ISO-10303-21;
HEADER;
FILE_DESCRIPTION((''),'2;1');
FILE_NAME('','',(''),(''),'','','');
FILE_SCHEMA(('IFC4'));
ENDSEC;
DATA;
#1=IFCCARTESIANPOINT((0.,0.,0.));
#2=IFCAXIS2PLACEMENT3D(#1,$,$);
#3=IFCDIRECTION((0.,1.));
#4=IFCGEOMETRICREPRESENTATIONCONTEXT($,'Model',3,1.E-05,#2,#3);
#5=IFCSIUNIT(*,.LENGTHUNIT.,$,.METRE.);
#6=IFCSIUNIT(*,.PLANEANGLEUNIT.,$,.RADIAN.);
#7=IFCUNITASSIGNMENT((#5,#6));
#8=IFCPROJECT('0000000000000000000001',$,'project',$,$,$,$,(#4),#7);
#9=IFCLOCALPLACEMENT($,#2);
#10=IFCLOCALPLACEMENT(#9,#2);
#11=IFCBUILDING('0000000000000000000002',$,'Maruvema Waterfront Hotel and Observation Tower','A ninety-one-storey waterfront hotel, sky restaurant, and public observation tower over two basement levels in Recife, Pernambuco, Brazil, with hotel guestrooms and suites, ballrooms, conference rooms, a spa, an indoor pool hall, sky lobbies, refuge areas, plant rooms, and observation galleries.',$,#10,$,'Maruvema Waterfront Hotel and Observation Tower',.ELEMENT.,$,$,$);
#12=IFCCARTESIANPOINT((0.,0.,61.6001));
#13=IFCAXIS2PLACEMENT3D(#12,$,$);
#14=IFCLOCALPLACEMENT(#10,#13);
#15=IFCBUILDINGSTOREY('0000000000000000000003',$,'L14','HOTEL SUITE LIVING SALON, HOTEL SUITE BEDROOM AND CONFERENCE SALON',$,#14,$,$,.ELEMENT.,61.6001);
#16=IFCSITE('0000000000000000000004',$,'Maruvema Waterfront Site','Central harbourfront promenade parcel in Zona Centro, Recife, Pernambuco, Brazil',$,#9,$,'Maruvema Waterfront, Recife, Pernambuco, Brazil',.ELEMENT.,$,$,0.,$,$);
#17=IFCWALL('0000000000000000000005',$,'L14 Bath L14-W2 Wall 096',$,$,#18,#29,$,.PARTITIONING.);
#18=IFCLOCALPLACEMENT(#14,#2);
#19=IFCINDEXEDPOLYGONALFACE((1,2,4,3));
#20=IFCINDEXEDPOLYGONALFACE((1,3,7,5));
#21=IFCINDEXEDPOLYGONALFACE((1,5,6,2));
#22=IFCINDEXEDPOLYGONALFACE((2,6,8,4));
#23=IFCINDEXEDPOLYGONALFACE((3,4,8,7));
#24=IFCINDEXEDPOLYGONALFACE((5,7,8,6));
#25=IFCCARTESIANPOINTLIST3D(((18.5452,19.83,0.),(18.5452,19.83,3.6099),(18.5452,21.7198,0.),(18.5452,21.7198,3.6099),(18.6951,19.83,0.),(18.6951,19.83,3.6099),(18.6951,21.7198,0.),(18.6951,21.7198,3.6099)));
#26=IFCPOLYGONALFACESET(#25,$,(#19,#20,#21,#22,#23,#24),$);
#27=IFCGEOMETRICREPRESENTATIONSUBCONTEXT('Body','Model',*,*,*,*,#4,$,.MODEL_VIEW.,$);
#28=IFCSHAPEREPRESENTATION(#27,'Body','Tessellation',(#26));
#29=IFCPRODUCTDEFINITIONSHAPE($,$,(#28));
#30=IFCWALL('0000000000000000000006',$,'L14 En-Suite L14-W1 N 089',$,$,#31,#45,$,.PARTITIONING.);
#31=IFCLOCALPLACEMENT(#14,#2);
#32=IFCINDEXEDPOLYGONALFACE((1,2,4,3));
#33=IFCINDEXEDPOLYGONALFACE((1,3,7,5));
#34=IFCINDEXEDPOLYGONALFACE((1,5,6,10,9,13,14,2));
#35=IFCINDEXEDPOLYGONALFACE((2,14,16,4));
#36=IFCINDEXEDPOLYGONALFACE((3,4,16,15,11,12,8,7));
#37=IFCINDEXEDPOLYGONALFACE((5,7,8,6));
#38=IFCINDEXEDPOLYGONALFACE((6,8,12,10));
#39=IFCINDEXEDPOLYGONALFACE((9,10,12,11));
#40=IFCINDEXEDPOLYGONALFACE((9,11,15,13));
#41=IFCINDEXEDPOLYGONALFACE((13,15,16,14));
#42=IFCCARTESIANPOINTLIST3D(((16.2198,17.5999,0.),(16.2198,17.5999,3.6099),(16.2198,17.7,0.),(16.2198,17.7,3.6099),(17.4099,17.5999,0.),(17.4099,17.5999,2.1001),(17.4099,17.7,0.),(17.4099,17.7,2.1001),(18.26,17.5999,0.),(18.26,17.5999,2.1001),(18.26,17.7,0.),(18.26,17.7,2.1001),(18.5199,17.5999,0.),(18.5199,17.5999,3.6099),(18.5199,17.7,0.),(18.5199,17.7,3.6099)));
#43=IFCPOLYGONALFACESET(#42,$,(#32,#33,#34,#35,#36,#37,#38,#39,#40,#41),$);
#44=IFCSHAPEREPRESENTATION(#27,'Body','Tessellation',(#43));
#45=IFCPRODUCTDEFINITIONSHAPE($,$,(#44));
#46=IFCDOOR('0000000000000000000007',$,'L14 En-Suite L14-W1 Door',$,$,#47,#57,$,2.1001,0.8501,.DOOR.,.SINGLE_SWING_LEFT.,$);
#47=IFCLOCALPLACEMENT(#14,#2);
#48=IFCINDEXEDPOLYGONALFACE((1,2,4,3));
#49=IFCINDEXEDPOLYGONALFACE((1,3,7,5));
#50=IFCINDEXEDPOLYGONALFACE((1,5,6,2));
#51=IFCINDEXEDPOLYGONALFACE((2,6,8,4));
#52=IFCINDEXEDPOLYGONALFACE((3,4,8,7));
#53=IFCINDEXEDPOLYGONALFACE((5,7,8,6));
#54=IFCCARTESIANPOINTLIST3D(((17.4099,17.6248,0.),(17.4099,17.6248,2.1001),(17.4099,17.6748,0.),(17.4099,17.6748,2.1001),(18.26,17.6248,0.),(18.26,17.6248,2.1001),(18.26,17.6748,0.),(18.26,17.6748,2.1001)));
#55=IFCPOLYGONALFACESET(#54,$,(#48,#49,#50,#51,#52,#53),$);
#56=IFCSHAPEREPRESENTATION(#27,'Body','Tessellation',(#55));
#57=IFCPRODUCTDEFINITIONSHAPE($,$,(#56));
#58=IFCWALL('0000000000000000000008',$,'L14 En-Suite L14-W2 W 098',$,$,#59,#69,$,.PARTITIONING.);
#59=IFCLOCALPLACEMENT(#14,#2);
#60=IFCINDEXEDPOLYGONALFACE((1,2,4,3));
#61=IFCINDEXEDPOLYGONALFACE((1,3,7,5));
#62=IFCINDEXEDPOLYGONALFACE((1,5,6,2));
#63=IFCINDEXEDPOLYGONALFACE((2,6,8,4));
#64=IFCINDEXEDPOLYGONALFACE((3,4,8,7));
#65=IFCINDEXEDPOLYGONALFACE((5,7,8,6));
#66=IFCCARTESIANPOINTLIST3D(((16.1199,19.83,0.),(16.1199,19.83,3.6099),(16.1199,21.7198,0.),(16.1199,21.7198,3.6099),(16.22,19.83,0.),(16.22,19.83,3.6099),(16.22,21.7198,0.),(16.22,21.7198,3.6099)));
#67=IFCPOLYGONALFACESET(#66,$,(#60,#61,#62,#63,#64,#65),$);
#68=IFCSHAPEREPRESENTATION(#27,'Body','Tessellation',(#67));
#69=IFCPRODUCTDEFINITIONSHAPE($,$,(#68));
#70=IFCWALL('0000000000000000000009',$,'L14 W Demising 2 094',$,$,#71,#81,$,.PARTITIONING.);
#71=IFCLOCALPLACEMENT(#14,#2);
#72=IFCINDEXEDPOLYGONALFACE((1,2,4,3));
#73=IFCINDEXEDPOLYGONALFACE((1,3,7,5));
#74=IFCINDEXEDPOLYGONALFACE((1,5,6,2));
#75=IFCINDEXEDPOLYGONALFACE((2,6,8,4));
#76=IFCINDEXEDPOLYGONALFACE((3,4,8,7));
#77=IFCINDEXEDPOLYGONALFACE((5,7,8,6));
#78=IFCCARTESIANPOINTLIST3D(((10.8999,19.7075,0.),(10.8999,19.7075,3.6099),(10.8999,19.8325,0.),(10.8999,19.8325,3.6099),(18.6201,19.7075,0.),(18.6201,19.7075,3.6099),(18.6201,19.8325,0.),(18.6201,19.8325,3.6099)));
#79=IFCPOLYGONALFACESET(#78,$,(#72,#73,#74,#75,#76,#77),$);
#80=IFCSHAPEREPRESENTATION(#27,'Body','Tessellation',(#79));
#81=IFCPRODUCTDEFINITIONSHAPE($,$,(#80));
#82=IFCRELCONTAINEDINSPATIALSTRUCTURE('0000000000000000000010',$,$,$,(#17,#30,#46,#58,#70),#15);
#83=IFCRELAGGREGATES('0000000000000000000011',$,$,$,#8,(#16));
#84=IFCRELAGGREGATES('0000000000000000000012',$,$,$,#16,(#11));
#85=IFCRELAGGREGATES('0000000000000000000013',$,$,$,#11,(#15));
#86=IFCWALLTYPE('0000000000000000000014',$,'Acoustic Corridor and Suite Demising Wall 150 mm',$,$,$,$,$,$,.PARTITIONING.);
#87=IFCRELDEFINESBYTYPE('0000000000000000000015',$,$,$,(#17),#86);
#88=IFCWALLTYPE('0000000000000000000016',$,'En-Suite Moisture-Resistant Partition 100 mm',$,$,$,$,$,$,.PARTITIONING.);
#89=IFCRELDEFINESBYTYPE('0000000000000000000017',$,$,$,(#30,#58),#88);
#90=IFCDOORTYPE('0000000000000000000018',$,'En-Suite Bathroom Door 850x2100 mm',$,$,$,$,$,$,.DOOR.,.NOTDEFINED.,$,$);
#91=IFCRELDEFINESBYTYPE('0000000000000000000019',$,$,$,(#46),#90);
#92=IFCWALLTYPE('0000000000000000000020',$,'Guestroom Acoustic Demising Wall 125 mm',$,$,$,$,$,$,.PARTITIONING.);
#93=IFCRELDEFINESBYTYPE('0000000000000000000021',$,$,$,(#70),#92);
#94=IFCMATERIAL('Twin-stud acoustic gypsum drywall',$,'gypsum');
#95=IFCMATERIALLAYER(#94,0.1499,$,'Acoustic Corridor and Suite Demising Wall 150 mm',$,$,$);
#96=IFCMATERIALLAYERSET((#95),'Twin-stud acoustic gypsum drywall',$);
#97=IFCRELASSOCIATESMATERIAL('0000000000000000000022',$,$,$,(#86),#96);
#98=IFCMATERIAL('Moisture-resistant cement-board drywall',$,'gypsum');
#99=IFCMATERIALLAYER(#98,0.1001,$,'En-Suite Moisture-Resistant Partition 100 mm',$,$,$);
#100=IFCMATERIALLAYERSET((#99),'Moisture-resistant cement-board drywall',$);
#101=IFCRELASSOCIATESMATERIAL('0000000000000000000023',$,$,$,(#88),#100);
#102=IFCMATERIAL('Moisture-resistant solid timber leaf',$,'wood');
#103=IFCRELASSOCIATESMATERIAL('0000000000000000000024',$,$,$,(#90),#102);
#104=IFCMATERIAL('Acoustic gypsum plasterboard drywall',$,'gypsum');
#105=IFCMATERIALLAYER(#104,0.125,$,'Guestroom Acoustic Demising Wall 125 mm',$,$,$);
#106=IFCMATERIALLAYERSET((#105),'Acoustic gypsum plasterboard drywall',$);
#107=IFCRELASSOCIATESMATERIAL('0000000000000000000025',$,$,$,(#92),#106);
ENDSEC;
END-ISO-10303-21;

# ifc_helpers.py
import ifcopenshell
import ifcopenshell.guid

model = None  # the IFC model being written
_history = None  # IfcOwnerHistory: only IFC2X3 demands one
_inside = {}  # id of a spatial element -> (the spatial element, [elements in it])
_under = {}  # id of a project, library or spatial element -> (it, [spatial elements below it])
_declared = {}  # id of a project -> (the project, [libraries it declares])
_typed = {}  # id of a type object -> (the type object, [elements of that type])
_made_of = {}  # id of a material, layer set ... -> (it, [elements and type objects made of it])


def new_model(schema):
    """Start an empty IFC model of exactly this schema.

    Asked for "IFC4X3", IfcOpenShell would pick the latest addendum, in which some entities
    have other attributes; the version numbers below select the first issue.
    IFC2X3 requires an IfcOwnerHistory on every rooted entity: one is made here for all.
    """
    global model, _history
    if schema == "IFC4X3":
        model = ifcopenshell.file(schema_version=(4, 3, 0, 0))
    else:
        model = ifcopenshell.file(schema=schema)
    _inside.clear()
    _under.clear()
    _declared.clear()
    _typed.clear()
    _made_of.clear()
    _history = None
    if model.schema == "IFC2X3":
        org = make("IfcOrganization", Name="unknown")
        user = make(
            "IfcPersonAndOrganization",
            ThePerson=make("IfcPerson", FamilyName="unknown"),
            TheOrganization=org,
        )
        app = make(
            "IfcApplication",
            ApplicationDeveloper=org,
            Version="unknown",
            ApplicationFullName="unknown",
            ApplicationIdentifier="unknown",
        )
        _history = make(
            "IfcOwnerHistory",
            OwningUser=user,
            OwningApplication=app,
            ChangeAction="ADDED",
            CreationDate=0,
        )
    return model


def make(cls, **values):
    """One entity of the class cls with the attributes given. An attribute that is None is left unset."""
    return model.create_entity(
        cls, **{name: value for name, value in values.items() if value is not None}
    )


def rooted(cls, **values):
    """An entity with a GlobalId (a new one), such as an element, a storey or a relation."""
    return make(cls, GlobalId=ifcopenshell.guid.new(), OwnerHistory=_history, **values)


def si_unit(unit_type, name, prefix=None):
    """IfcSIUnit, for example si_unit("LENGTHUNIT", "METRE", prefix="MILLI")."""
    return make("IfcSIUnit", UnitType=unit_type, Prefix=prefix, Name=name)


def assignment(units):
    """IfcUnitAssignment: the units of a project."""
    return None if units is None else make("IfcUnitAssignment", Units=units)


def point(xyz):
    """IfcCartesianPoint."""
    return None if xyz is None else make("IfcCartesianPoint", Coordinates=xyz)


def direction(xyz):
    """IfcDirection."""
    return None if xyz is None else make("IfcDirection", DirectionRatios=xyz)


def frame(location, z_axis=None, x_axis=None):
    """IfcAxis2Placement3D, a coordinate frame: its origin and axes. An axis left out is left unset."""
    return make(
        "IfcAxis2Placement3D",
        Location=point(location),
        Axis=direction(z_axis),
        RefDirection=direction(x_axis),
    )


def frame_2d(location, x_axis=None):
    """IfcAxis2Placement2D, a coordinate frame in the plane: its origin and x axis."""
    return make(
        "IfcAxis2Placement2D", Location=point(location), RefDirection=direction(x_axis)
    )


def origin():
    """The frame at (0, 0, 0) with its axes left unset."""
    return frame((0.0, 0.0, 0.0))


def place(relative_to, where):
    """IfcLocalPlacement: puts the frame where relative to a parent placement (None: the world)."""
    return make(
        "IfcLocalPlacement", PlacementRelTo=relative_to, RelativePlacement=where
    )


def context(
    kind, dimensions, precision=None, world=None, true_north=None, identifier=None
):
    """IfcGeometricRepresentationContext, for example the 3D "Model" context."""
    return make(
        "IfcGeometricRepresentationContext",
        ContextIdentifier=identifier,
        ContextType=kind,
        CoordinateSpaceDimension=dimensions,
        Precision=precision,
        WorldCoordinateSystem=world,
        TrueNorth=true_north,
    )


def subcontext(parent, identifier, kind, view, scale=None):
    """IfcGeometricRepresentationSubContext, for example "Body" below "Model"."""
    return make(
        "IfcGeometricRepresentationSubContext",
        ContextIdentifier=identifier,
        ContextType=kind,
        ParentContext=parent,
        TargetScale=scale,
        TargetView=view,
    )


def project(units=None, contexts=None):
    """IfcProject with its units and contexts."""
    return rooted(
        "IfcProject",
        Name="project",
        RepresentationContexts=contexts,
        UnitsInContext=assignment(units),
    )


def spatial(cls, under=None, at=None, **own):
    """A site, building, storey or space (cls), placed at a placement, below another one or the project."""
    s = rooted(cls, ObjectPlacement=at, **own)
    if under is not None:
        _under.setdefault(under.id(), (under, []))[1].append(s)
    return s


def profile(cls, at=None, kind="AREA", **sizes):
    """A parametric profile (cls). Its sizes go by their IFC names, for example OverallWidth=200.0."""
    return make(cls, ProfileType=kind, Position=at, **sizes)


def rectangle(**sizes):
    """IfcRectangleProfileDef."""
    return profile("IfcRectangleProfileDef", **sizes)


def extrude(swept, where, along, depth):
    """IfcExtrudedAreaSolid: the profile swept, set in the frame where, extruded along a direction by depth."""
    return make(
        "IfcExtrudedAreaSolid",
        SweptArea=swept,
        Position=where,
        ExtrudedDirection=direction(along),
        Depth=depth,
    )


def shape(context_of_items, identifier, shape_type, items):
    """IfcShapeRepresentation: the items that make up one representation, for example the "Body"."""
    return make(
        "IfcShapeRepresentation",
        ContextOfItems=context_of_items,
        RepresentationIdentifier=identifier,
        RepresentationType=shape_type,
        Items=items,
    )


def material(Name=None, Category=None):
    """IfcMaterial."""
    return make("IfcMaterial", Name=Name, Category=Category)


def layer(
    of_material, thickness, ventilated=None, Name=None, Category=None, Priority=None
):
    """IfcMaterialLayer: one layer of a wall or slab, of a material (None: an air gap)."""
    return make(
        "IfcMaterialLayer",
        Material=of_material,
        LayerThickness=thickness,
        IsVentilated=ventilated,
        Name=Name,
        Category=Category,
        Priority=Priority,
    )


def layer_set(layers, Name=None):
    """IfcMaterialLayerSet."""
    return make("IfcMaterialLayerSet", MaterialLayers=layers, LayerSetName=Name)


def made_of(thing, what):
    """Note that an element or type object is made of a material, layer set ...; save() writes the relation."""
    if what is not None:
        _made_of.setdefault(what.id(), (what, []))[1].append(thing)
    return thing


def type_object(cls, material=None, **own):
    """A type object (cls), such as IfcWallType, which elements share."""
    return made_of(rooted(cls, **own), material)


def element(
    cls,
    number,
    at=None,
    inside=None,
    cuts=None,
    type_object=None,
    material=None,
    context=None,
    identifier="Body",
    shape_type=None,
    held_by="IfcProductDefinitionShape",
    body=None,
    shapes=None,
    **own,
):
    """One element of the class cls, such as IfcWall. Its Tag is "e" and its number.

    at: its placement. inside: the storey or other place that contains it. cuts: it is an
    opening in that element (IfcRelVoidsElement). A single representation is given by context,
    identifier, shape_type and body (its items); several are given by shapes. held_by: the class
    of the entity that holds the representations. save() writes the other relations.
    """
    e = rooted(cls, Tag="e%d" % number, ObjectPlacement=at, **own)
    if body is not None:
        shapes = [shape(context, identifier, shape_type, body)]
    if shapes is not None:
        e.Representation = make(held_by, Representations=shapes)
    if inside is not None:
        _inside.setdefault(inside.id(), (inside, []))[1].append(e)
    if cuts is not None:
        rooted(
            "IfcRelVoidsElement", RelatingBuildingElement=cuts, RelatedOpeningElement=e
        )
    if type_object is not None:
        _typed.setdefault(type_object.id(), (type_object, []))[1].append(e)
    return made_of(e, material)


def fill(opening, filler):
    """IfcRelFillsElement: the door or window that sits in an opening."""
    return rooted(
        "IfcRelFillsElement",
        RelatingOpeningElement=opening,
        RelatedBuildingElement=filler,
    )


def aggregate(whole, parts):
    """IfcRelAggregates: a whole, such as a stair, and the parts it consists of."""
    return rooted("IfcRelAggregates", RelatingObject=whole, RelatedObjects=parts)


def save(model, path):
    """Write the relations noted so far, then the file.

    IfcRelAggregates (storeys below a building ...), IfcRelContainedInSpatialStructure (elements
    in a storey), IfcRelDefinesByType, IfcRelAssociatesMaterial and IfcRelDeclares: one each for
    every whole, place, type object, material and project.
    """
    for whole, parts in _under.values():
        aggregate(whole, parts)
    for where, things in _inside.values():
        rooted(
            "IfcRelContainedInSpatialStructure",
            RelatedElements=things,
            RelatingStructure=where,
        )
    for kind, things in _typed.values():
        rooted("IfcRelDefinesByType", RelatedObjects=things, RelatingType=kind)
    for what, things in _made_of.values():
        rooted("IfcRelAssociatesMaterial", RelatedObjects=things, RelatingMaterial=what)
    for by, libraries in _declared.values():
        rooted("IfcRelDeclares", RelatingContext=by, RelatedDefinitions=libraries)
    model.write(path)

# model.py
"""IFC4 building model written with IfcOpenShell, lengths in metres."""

from ifc_helpers import new_model, si_unit, direction, frame, frame_2d, origin, place, context, subcontext, project, spatial, rectangle, extrude, material, layer, layer_set, type_object, element, fill, save


model = new_model("IFC4")

# Units and contexts
model_context = context("Model", 3, precision=1e-05, world=origin(), true_north=direction((0.0, 1.0)))
body_context = subcontext(model_context, "Body", "Model", "MODEL_VIEW")
ifc_project = project(units=[si_unit("LENGTHUNIT", "METRE"), si_unit("PLANEANGLEUNIT", "RADIAN")], contexts=[model_context])

# Site, building, storey
site_placement = place(None, origin())
site = spatial("IfcSite", under=ifc_project, at=site_placement, Name="Maruvema Waterfront Site", Description="Central harbourfront promenade parcel in Zona Centro, Recife, Pernambuco, Brazil", LongName="Maruvema Waterfront, Recife, Pernambuco, Brazil", CompositionType="ELEMENT", RefElevation=0.0)
building_placement = place(site_placement, origin())
building = spatial("IfcBuilding", under=site, at=building_placement, Name="Maruvema Waterfront Hotel and Observation Tower", Description="A ninety-one-storey waterfront hotel, sky restaurant, and public observation tower over two basement levels in Recife, Pernambuco, Brazil, with hotel guestrooms and suites, ballrooms, conference rooms, a spa, an indoor pool hall, sky lobbies, refuge areas, plant rooms, and observation galleries.", LongName="Maruvema Waterfront Hotel and Observation Tower", CompositionType="ELEMENT")
storey_placement = place(building_placement, frame((0.0, 0.0, 61.6001)))
storey = spatial("IfcBuildingStorey", under=building, at=storey_placement, Name="L14", Description="HOTEL SUITE LIVING SALON, HOTEL SUITE BEDROOM AND CONFERENCE SALON", CompositionType="ELEMENT", Elevation=61.6001)

# Shared definitions
ifc_material_1 = material(Name="Twin-stud acoustic gypsum drywall", Category="gypsum")
ifc_layer_1 = layer(ifc_material_1, 0.1499, Name="Acoustic Corridor and Suite Demising Wall 150 mm")
ifc_layer_set_1 = layer_set([ifc_layer_1], Name="Twin-stud acoustic gypsum drywall")
wall_type_1 = type_object("IfcWallType", Name="Acoustic Corridor and Suite Demising Wall 150 mm", PredefinedType="PARTITIONING", material=ifc_layer_set_1)

# Wall
wall_1_placement = place(storey_placement, frame((18.6201, 19.8301, 0.0), z_axis=(0.0, 0.0, 1.0), x_axis=(0.0, 1.0, 0.0)))
element("IfcWall", 1, at=wall_1_placement, inside=storey, type_object=wall_type_1, Name="L14 Bath L14-W2 Wall 096", PredefinedType="PARTITIONING", context=body_context, shape_type="SweptSolid", body=[
    extrude(rectangle(XDim=1.8899, YDim=0.1499, at=frame_2d((0.9448, 0.0))), origin(), (0.0, 0.0, 1.0), 3.6099),
])

# Wall, opening, door
ifc_material_2 = material(Name="Moisture-resistant cement-board drywall", Category="gypsum")
ifc_layer_2 = layer(ifc_material_2, 0.1001, Name="En-Suite Moisture-Resistant Partition 100 mm")
ifc_layer_set_2 = layer_set([ifc_layer_2], Name="Moisture-resistant cement-board drywall")
wall_type_2 = type_object("IfcWallType", Name="En-Suite Moisture-Resistant Partition 100 mm", PredefinedType="PARTITIONING", material=ifc_layer_set_2)
wall_2_placement = place(storey_placement, frame((16.22, 17.6499, 0.0), z_axis=(0.0, 0.0, 1.0), x_axis=(1.0, 0.0, 0.0)))
wall_2 = element("IfcWall", 2, at=wall_2_placement, inside=storey, type_object=wall_type_2, Name="L14 En-Suite L14-W1 N 089", PredefinedType="PARTITIONING", context=body_context, shape_type="SweptSolid", body=[
    extrude(rectangle(XDim=2.3, YDim=0.1001, at=frame_2d((1.1499, 0.0))), origin(), (0.0, 0.0, 1.0), 3.6099),
])
opening_1_placement = place(wall_2_placement, frame((1.1899, 0.0, 0.0)))
opening_1 = element("IfcOpeningElement", 3, at=opening_1_placement, cuts=wall_2, PredefinedType="OPENING", context=body_context, shape_type="SweptSolid", body=[
    extrude(rectangle(XDim=0.8501, YDim=2.1001, at=frame_2d((0.425, 1.05))), frame((0.0, 0.0601, 0.0), z_axis=(0.0, -1.0, 0.0), x_axis=(1.0, 0.0, 0.0)), (0.0, 0.0, 1.0), 0.1201),
])
ifc_material_3 = material(Name="Moisture-resistant solid timber leaf", Category="wood")
door_type_1 = type_object("IfcDoorType", Name="En-Suite Bathroom Door 850x2100 mm", OperationType="NOTDEFINED", PredefinedType="DOOR", material=ifc_material_3)
door_1_placement = place(opening_1_placement, origin())
door_1 = element("IfcDoor", 4, at=door_1_placement, inside=storey, type_object=door_type_1, Name="L14 En-Suite L14-W1 Door", OperationType="SINGLE_SWING_LEFT", OverallHeight=2.1001, OverallWidth=0.8501, PredefinedType="DOOR", context=body_context, shape_type="SweptSolid", body=[
    extrude(rectangle(XDim=0.8501, YDim=2.1001, at=frame_2d((0.425, 1.05))), frame((0.0, 0.0249, 0.0), z_axis=(0.0, -1.0, 0.0), x_axis=(1.0, 0.0, 0.0)), (0.0, 0.0, 1.0), 0.05),
])
fill(opening_1, door_1)

# Walls
wall_3_placement = place(storey_placement, frame((16.1699, 19.8301, 0.0), z_axis=(0.0, 0.0, 1.0), x_axis=(0.0, 1.0, 0.0)))
element("IfcWall", 5, at=wall_3_placement, inside=storey, type_object=wall_type_2, Name="L14 En-Suite L14-W2 W 098", PredefinedType="PARTITIONING", context=body_context, shape_type="SweptSolid", body=[
    extrude(rectangle(XDim=1.8899, YDim=0.1001, at=frame_2d((0.9448, 0.0))), origin(), (0.0, 0.0, 1.0), 3.6099),
])
ifc_material_4 = material(Name="Acoustic gypsum plasterboard drywall", Category="gypsum")
ifc_layer_3 = layer(ifc_material_4, 0.125, Name="Guestroom Acoustic Demising Wall 125 mm")
ifc_layer_set_3 = layer_set([ifc_layer_3], Name="Acoustic gypsum plasterboard drywall")
wall_type_3 = type_object("IfcWallType", Name="Guestroom Acoustic Demising Wall 125 mm", PredefinedType="PARTITIONING", material=ifc_layer_set_3)
wall_4_placement = place(storey_placement, frame((10.8999, 19.77, 0.0), z_axis=(0.0, 0.0, 1.0), x_axis=(1.0, 0.0, 0.0)))
element("IfcWall", 6, at=wall_4_placement, inside=storey, type_object=wall_type_3, Name="L14 W Demising 2 094", PredefinedType="PARTITIONING", context=body_context, shape_type="SweptSolid", body=[
    extrude(rectangle(XDim=7.7202, YDim=0.125, at=frame_2d((3.8601, 0.0))), origin(), (0.0, 0.0, 1.0), 3.6099),
])

save(model, "model.ifc")
